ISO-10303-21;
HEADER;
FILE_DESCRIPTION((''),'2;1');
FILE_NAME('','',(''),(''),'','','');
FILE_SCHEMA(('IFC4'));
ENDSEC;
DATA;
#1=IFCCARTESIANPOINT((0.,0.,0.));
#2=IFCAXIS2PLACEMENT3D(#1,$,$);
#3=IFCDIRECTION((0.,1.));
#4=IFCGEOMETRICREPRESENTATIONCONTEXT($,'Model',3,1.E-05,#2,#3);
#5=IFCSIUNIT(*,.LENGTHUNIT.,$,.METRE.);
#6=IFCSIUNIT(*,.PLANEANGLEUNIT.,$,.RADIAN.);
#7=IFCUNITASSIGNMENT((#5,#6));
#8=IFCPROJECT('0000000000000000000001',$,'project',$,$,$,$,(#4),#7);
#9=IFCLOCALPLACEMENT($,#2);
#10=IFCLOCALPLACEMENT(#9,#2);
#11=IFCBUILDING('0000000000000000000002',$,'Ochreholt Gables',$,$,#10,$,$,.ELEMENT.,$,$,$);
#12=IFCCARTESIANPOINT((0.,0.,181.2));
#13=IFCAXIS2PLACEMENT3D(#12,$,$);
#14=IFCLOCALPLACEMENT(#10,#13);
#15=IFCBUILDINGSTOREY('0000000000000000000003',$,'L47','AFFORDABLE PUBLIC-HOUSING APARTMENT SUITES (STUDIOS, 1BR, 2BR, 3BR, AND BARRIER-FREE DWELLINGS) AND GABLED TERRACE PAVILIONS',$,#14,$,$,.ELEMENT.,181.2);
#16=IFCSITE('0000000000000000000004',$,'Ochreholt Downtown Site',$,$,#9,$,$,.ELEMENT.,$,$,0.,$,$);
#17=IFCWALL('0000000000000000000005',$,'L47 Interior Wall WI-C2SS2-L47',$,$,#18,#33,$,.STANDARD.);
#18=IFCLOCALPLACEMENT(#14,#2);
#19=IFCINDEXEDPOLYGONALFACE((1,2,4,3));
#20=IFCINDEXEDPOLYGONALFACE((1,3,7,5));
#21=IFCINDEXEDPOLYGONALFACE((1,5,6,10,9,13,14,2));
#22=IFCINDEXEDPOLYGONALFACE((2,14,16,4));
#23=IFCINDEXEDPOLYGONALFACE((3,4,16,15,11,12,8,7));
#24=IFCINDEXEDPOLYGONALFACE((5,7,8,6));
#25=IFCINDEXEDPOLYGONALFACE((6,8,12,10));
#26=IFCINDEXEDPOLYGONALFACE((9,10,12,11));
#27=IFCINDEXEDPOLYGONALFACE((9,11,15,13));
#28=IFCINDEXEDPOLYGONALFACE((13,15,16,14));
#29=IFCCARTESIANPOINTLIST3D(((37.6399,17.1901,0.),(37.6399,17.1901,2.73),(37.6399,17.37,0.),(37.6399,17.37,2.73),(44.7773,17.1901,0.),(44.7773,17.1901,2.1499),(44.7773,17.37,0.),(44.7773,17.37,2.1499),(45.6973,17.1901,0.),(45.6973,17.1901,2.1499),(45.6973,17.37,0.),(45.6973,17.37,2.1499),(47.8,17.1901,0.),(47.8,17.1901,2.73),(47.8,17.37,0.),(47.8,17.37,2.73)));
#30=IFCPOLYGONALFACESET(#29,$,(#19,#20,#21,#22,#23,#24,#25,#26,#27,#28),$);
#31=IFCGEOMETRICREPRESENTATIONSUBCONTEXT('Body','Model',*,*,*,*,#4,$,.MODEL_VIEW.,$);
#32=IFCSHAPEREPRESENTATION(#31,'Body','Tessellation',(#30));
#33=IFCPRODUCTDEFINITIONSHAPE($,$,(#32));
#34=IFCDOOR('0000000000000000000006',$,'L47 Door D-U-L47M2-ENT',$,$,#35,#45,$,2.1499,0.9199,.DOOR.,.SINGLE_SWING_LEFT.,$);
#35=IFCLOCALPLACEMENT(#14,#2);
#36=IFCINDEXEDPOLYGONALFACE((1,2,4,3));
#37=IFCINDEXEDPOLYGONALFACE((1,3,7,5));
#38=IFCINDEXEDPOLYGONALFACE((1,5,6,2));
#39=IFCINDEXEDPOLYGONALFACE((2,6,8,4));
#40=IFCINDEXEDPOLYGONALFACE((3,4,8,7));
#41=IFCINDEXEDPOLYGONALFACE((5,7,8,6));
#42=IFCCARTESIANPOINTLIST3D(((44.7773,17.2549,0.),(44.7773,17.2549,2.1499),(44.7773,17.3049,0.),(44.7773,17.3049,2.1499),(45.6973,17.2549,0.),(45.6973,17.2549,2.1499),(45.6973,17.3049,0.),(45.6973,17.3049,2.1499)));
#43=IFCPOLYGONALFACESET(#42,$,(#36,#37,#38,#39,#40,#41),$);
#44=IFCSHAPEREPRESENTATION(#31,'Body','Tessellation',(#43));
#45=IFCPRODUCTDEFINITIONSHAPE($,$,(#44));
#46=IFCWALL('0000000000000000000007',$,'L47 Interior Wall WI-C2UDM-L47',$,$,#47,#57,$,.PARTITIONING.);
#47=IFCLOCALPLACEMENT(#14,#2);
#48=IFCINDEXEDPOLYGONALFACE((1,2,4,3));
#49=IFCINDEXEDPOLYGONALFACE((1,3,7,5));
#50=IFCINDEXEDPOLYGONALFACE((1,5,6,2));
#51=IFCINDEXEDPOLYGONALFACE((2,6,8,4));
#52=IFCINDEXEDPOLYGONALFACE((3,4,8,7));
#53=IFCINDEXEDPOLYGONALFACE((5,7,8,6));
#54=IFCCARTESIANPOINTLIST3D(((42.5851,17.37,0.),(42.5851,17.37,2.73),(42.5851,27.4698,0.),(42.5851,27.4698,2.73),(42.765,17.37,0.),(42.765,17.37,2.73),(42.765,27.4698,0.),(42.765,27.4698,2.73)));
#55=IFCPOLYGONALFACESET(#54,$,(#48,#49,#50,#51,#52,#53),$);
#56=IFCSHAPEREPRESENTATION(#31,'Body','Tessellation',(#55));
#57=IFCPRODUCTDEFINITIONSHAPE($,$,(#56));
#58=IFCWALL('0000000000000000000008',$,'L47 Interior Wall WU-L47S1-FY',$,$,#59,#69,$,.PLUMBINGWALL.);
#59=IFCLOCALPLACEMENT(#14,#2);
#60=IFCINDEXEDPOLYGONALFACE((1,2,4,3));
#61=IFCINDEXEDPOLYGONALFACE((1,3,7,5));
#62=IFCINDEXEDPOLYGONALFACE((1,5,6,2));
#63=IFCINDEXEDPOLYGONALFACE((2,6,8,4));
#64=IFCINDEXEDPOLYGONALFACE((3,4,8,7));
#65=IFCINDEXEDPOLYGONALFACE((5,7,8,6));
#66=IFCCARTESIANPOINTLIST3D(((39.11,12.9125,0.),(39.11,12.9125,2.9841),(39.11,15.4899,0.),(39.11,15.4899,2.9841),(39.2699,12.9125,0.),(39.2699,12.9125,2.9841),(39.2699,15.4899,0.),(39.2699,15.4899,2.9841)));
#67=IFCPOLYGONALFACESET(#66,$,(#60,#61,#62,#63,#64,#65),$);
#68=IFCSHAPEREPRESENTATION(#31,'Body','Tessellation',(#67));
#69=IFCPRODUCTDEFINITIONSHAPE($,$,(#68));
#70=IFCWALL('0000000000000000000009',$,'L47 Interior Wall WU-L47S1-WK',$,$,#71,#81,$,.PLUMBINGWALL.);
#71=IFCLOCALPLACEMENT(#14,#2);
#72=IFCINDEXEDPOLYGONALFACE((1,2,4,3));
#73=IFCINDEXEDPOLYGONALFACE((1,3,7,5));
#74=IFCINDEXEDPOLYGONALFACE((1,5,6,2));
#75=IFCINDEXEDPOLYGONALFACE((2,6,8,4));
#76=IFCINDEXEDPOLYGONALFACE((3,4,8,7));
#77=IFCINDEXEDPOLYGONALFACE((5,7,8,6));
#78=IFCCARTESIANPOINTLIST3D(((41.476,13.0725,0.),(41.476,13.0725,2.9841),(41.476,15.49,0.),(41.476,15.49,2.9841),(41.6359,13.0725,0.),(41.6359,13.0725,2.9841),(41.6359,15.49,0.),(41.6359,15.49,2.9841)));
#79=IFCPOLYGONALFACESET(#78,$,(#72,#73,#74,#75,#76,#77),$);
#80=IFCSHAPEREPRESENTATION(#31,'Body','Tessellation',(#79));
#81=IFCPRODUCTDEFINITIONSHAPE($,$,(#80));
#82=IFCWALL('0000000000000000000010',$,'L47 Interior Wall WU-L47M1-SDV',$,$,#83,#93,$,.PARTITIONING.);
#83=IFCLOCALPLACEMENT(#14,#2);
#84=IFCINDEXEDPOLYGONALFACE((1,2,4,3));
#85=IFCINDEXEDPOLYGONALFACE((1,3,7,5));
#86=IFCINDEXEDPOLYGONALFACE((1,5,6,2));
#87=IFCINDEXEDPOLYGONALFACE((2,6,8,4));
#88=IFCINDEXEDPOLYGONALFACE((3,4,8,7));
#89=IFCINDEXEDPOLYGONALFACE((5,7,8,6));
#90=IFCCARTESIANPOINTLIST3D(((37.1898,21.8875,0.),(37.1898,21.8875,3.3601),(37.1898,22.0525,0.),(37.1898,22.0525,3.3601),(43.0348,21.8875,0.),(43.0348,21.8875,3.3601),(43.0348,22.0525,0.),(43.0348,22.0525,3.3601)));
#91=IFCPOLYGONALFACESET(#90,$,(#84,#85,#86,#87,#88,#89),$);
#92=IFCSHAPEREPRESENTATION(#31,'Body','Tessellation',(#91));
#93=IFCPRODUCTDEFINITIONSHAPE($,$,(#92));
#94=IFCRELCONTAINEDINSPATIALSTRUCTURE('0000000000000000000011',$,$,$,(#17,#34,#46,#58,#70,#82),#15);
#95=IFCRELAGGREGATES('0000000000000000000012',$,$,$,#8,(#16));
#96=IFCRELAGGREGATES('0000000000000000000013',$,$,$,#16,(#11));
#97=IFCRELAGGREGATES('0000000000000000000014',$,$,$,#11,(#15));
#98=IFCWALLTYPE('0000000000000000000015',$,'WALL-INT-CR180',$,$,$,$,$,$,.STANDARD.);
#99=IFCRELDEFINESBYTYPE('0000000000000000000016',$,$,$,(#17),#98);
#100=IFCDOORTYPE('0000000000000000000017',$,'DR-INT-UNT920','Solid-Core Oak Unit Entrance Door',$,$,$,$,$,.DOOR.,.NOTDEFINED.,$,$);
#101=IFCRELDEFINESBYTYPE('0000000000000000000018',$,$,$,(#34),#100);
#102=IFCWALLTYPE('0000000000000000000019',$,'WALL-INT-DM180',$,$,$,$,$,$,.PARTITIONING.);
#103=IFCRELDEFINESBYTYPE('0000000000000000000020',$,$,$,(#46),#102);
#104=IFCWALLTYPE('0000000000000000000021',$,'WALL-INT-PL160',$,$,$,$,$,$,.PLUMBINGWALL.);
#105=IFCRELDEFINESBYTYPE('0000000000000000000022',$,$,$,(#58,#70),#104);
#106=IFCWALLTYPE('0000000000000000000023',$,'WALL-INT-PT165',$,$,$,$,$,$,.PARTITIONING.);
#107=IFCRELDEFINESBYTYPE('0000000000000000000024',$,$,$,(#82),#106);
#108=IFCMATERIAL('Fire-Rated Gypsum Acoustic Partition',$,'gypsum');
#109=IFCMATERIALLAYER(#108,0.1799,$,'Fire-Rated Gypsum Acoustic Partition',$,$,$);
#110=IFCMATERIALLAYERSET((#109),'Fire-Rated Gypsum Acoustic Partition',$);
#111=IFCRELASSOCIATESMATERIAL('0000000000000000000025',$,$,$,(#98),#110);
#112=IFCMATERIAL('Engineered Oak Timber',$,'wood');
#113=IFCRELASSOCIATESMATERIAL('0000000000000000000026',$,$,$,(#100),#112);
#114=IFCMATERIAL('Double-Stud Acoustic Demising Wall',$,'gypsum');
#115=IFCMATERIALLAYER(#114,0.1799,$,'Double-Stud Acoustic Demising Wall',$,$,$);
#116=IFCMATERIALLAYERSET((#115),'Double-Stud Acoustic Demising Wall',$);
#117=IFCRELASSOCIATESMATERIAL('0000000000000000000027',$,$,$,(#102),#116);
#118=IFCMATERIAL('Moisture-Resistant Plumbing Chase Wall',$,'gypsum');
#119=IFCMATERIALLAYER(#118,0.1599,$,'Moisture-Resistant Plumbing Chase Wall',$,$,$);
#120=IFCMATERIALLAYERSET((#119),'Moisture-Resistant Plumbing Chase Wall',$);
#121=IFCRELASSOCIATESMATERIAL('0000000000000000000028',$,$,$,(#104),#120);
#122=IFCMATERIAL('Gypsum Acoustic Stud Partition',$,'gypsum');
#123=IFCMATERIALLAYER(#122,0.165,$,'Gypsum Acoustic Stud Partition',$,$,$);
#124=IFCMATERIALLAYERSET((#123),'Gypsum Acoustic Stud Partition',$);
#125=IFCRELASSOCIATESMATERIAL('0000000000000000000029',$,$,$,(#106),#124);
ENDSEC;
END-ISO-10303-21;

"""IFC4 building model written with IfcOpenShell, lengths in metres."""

from ifc_helpers import new_model, si_unit, direction, frame, frame_2d, origin, place, context, subcontext, project, spatial, rectangle, extrude, material, layer, layer_set, type_object, element, fill, save


model = new_model("IFC4")

# Units and contexts
model_context = context("Model", 3, precision=1e-05, world=origin(), true_north=direction((0.0, 1.0)))
body_context = subcontext(model_context, "Body", "Model", "MODEL_VIEW")
ifc_project = project(units=[si_unit("LENGTHUNIT", "METRE"), si_unit("PLANEANGLEUNIT", "RADIAN")], contexts=[model_context])

# Site, building, storey
site_placement = place(None, origin())
site = spatial("IfcSite", under=ifc_project, at=site_placement, Name="Ochreholt Downtown Site", CompositionType="ELEMENT", RefElevation=0.0)
building_placement = place(site_placement, origin())
building = spatial("IfcBuilding", under=site, at=building_placement, Name="Ochreholt Gables", CompositionType="ELEMENT")
storey_placement = place(building_placement, frame((0.0, 0.0, 181.2)))
storey = spatial("IfcBuildingStorey", under=building, at=storey_placement, Name="L47", Description="AFFORDABLE PUBLIC-HOUSING APARTMENT SUITES (STUDIOS, 1BR, 2BR, 3BR, AND BARRIER-FREE DWELLINGS) AND GABLED TERRACE PAVILIONS", CompositionType="ELEMENT", Elevation=181.2)

# Shared definitions
ifc_material_1 = material(Name="Fire-Rated Gypsum Acoustic Partition", Category="gypsum")
ifc_layer_1 = layer(ifc_material_1, 0.1799, Name="Fire-Rated Gypsum Acoustic Partition")
ifc_layer_set_1 = layer_set([ifc_layer_1], Name="Fire-Rated Gypsum Acoustic Partition")
wall_type_1 = type_object("IfcWallType", Name="WALL-INT-CR180", PredefinedType="STANDARD", material=ifc_layer_set_1)
ifc_material_2 = material(Name="Engineered Oak Timber", Category="wood")

# Wall, opening, door
door_type_1 = type_object("IfcDoorType", Name="DR-INT-UNT920", Description="Solid-Core Oak Unit Entrance Door", OperationType="NOTDEFINED", PredefinedType="DOOR", material=ifc_material_2)
wall_1_placement = place(storey_placement, frame((37.6399, 17.28, 0.0), z_axis=(0.0, 0.0, 1.0), x_axis=(1.0, 0.0, 0.0)))
wall_1 = element("IfcWall", 1, at=wall_1_placement, inside=storey, type_object=wall_type_1, Name="L47 Interior Wall WI-C2SS2-L47", PredefinedType="STANDARD", context=body_context, shape_type="SweptSolid", body=[
    extrude(rectangle(XDim=10.1602, YDim=0.1799, at=frame_2d((5.0801, 0.0))), origin(), (0.0, 0.0, 1.0), 2.73),
])
opening_1_placement = place(wall_1_placement, frame((7.1375, 0.0, 0.0)))
opening_1 = element("IfcOpeningElement", 2, at=opening_1_placement, cuts=wall_1, PredefinedType="OPENING", context=body_context, shape_type="SweptSolid", body=[
    extrude(rectangle(XDim=0.9199, YDim=2.1499, at=frame_2d((0.46, 1.075))), frame((0.0, 0.0999, 0.0), z_axis=(0.0, -1.0, 0.0), x_axis=(1.0, 0.0, 0.0)), (0.0, 0.0, 1.0), 0.2),
])
door_1_placement = place(opening_1_placement, origin())
door_1 = element("IfcDoor", 3, at=door_1_placement, inside=storey, type_object=door_type_1, Name="L47 Door D-U-L47M2-ENT", OperationType="SINGLE_SWING_LEFT", OverallHeight=2.1499, OverallWidth=0.9199, PredefinedType="DOOR", context=body_context, shape_type="SweptSolid", body=[
    extrude(rectangle(XDim=0.9199, YDim=2.1499, at=frame_2d((0.46, 1.075))), frame((0.0, 0.0249, 0.0), z_axis=(0.0, -1.0, 0.0), x_axis=(1.0, 0.0, 0.0)), (0.0, 0.0, 1.0), 0.05),
])
fill(opening_1, door_1)

# Wall
ifc_material_3 = material(Name="Double-Stud Acoustic Demising Wall", Category="gypsum")
ifc_layer_2 = layer(ifc_material_3, 0.1799, Name="Double-Stud Acoustic Demising Wall")
ifc_layer_set_2 = layer_set([ifc_layer_2], Name="Double-Stud Acoustic Demising Wall")
wall_type_2 = type_object("IfcWallType", Name="WALL-INT-DM180", PredefinedType="PARTITIONING", material=ifc_layer_set_2)
wall_2_placement = place(storey_placement, frame((42.675, 17.3701, 0.0), z_axis=(0.0, 0.0, 1.0), x_axis=(0.0, 1.0, 0.0)))
element("IfcWall", 4, at=wall_2_placement, inside=storey, type_object=wall_type_2, Name="L47 Interior Wall WI-C2UDM-L47", PredefinedType="PARTITIONING", context=body_context, shape_type="SweptSolid", body=[
    extrude(rectangle(XDim=10.0999, YDim=0.1799, at=frame_2d((5.0498, 0.0))), origin(), (0.0, 0.0, 1.0), 2.73),
])

# Shared definitions
ifc_material_4 = material(Name="Moisture-Resistant Plumbing Chase Wall", Category="gypsum")
ifc_layer_3 = layer(ifc_material_4, 0.1599, Name="Moisture-Resistant Plumbing Chase Wall")
ifc_layer_set_3 = layer_set([ifc_layer_3], Name="Moisture-Resistant Plumbing Chase Wall")
wall_type_3 = type_object("IfcWallType", Name="WALL-INT-PL160", PredefinedType="PLUMBINGWALL", material=ifc_layer_set_3)

# Walls
wall_3_placement = place(storey_placement, frame((39.1899, 12.9126, 0.0), z_axis=(0.0, 0.0, 1.0), x_axis=(0.0, 1.0, 0.0)))
element("IfcWall", 5, at=wall_3_placement, inside=storey, type_object=wall_type_3, Name="L47 Interior Wall WU-L47S1-FY", PredefinedType="PLUMBINGWALL", context=body_context, shape_type="SweptSolid", body=[
    extrude(rectangle(XDim=2.5774, YDim=0.1599, at=frame_2d((1.2886, 0.0))), origin(), (0.0, 0.0, 1.0), 2.9841),
])
wall_4_placement = place(storey_placement, frame((41.5559, 13.0725, 0.0), z_axis=(0.0, 0.0, 1.0), x_axis=(0.0, 1.0, 0.0)))
element("IfcWall", 6, at=wall_4_placement, inside=storey, type_object=wall_type_3, Name="L47 Interior Wall WU-L47S1-WK", PredefinedType="PLUMBINGWALL", context=body_context, shape_type="SweptSolid", body=[
    extrude(rectangle(XDim=2.4175, YDim=0.1599, at=frame_2d((1.2087, 0.0))), origin(), (0.0, 0.0, 1.0), 2.9841),
])
ifc_material_5 = material(Name="Gypsum Acoustic Stud Partition", Category="gypsum")
ifc_layer_4 = layer(ifc_material_5, 0.165, Name="Gypsum Acoustic Stud Partition")
ifc_layer_set_4 = layer_set([ifc_layer_4], Name="Gypsum Acoustic Stud Partition")
wall_type_4 = type_object("IfcWallType", Name="WALL-INT-PT165", PredefinedType="PARTITIONING", material=ifc_layer_set_4)
wall_5_placement = place(storey_placement, frame((37.1899, 21.97, 0.0), z_axis=(0.0, 0.0, 1.0), x_axis=(1.0, 0.0, 0.0)))
element("IfcWall", 7, at=wall_5_placement, inside=storey, type_object=wall_type_4, Name="L47 Interior Wall WU-L47M1-SDV", PredefinedType="PARTITIONING", context=body_context, shape_type="SweptSolid", body=[
    extrude(rectangle(XDim=5.845, YDim=0.165, at=frame_2d((2.9224, 0.0))), origin(), (0.0, 0.0, 1.0), 3.3601),
])

save(model, "model.ifc")
